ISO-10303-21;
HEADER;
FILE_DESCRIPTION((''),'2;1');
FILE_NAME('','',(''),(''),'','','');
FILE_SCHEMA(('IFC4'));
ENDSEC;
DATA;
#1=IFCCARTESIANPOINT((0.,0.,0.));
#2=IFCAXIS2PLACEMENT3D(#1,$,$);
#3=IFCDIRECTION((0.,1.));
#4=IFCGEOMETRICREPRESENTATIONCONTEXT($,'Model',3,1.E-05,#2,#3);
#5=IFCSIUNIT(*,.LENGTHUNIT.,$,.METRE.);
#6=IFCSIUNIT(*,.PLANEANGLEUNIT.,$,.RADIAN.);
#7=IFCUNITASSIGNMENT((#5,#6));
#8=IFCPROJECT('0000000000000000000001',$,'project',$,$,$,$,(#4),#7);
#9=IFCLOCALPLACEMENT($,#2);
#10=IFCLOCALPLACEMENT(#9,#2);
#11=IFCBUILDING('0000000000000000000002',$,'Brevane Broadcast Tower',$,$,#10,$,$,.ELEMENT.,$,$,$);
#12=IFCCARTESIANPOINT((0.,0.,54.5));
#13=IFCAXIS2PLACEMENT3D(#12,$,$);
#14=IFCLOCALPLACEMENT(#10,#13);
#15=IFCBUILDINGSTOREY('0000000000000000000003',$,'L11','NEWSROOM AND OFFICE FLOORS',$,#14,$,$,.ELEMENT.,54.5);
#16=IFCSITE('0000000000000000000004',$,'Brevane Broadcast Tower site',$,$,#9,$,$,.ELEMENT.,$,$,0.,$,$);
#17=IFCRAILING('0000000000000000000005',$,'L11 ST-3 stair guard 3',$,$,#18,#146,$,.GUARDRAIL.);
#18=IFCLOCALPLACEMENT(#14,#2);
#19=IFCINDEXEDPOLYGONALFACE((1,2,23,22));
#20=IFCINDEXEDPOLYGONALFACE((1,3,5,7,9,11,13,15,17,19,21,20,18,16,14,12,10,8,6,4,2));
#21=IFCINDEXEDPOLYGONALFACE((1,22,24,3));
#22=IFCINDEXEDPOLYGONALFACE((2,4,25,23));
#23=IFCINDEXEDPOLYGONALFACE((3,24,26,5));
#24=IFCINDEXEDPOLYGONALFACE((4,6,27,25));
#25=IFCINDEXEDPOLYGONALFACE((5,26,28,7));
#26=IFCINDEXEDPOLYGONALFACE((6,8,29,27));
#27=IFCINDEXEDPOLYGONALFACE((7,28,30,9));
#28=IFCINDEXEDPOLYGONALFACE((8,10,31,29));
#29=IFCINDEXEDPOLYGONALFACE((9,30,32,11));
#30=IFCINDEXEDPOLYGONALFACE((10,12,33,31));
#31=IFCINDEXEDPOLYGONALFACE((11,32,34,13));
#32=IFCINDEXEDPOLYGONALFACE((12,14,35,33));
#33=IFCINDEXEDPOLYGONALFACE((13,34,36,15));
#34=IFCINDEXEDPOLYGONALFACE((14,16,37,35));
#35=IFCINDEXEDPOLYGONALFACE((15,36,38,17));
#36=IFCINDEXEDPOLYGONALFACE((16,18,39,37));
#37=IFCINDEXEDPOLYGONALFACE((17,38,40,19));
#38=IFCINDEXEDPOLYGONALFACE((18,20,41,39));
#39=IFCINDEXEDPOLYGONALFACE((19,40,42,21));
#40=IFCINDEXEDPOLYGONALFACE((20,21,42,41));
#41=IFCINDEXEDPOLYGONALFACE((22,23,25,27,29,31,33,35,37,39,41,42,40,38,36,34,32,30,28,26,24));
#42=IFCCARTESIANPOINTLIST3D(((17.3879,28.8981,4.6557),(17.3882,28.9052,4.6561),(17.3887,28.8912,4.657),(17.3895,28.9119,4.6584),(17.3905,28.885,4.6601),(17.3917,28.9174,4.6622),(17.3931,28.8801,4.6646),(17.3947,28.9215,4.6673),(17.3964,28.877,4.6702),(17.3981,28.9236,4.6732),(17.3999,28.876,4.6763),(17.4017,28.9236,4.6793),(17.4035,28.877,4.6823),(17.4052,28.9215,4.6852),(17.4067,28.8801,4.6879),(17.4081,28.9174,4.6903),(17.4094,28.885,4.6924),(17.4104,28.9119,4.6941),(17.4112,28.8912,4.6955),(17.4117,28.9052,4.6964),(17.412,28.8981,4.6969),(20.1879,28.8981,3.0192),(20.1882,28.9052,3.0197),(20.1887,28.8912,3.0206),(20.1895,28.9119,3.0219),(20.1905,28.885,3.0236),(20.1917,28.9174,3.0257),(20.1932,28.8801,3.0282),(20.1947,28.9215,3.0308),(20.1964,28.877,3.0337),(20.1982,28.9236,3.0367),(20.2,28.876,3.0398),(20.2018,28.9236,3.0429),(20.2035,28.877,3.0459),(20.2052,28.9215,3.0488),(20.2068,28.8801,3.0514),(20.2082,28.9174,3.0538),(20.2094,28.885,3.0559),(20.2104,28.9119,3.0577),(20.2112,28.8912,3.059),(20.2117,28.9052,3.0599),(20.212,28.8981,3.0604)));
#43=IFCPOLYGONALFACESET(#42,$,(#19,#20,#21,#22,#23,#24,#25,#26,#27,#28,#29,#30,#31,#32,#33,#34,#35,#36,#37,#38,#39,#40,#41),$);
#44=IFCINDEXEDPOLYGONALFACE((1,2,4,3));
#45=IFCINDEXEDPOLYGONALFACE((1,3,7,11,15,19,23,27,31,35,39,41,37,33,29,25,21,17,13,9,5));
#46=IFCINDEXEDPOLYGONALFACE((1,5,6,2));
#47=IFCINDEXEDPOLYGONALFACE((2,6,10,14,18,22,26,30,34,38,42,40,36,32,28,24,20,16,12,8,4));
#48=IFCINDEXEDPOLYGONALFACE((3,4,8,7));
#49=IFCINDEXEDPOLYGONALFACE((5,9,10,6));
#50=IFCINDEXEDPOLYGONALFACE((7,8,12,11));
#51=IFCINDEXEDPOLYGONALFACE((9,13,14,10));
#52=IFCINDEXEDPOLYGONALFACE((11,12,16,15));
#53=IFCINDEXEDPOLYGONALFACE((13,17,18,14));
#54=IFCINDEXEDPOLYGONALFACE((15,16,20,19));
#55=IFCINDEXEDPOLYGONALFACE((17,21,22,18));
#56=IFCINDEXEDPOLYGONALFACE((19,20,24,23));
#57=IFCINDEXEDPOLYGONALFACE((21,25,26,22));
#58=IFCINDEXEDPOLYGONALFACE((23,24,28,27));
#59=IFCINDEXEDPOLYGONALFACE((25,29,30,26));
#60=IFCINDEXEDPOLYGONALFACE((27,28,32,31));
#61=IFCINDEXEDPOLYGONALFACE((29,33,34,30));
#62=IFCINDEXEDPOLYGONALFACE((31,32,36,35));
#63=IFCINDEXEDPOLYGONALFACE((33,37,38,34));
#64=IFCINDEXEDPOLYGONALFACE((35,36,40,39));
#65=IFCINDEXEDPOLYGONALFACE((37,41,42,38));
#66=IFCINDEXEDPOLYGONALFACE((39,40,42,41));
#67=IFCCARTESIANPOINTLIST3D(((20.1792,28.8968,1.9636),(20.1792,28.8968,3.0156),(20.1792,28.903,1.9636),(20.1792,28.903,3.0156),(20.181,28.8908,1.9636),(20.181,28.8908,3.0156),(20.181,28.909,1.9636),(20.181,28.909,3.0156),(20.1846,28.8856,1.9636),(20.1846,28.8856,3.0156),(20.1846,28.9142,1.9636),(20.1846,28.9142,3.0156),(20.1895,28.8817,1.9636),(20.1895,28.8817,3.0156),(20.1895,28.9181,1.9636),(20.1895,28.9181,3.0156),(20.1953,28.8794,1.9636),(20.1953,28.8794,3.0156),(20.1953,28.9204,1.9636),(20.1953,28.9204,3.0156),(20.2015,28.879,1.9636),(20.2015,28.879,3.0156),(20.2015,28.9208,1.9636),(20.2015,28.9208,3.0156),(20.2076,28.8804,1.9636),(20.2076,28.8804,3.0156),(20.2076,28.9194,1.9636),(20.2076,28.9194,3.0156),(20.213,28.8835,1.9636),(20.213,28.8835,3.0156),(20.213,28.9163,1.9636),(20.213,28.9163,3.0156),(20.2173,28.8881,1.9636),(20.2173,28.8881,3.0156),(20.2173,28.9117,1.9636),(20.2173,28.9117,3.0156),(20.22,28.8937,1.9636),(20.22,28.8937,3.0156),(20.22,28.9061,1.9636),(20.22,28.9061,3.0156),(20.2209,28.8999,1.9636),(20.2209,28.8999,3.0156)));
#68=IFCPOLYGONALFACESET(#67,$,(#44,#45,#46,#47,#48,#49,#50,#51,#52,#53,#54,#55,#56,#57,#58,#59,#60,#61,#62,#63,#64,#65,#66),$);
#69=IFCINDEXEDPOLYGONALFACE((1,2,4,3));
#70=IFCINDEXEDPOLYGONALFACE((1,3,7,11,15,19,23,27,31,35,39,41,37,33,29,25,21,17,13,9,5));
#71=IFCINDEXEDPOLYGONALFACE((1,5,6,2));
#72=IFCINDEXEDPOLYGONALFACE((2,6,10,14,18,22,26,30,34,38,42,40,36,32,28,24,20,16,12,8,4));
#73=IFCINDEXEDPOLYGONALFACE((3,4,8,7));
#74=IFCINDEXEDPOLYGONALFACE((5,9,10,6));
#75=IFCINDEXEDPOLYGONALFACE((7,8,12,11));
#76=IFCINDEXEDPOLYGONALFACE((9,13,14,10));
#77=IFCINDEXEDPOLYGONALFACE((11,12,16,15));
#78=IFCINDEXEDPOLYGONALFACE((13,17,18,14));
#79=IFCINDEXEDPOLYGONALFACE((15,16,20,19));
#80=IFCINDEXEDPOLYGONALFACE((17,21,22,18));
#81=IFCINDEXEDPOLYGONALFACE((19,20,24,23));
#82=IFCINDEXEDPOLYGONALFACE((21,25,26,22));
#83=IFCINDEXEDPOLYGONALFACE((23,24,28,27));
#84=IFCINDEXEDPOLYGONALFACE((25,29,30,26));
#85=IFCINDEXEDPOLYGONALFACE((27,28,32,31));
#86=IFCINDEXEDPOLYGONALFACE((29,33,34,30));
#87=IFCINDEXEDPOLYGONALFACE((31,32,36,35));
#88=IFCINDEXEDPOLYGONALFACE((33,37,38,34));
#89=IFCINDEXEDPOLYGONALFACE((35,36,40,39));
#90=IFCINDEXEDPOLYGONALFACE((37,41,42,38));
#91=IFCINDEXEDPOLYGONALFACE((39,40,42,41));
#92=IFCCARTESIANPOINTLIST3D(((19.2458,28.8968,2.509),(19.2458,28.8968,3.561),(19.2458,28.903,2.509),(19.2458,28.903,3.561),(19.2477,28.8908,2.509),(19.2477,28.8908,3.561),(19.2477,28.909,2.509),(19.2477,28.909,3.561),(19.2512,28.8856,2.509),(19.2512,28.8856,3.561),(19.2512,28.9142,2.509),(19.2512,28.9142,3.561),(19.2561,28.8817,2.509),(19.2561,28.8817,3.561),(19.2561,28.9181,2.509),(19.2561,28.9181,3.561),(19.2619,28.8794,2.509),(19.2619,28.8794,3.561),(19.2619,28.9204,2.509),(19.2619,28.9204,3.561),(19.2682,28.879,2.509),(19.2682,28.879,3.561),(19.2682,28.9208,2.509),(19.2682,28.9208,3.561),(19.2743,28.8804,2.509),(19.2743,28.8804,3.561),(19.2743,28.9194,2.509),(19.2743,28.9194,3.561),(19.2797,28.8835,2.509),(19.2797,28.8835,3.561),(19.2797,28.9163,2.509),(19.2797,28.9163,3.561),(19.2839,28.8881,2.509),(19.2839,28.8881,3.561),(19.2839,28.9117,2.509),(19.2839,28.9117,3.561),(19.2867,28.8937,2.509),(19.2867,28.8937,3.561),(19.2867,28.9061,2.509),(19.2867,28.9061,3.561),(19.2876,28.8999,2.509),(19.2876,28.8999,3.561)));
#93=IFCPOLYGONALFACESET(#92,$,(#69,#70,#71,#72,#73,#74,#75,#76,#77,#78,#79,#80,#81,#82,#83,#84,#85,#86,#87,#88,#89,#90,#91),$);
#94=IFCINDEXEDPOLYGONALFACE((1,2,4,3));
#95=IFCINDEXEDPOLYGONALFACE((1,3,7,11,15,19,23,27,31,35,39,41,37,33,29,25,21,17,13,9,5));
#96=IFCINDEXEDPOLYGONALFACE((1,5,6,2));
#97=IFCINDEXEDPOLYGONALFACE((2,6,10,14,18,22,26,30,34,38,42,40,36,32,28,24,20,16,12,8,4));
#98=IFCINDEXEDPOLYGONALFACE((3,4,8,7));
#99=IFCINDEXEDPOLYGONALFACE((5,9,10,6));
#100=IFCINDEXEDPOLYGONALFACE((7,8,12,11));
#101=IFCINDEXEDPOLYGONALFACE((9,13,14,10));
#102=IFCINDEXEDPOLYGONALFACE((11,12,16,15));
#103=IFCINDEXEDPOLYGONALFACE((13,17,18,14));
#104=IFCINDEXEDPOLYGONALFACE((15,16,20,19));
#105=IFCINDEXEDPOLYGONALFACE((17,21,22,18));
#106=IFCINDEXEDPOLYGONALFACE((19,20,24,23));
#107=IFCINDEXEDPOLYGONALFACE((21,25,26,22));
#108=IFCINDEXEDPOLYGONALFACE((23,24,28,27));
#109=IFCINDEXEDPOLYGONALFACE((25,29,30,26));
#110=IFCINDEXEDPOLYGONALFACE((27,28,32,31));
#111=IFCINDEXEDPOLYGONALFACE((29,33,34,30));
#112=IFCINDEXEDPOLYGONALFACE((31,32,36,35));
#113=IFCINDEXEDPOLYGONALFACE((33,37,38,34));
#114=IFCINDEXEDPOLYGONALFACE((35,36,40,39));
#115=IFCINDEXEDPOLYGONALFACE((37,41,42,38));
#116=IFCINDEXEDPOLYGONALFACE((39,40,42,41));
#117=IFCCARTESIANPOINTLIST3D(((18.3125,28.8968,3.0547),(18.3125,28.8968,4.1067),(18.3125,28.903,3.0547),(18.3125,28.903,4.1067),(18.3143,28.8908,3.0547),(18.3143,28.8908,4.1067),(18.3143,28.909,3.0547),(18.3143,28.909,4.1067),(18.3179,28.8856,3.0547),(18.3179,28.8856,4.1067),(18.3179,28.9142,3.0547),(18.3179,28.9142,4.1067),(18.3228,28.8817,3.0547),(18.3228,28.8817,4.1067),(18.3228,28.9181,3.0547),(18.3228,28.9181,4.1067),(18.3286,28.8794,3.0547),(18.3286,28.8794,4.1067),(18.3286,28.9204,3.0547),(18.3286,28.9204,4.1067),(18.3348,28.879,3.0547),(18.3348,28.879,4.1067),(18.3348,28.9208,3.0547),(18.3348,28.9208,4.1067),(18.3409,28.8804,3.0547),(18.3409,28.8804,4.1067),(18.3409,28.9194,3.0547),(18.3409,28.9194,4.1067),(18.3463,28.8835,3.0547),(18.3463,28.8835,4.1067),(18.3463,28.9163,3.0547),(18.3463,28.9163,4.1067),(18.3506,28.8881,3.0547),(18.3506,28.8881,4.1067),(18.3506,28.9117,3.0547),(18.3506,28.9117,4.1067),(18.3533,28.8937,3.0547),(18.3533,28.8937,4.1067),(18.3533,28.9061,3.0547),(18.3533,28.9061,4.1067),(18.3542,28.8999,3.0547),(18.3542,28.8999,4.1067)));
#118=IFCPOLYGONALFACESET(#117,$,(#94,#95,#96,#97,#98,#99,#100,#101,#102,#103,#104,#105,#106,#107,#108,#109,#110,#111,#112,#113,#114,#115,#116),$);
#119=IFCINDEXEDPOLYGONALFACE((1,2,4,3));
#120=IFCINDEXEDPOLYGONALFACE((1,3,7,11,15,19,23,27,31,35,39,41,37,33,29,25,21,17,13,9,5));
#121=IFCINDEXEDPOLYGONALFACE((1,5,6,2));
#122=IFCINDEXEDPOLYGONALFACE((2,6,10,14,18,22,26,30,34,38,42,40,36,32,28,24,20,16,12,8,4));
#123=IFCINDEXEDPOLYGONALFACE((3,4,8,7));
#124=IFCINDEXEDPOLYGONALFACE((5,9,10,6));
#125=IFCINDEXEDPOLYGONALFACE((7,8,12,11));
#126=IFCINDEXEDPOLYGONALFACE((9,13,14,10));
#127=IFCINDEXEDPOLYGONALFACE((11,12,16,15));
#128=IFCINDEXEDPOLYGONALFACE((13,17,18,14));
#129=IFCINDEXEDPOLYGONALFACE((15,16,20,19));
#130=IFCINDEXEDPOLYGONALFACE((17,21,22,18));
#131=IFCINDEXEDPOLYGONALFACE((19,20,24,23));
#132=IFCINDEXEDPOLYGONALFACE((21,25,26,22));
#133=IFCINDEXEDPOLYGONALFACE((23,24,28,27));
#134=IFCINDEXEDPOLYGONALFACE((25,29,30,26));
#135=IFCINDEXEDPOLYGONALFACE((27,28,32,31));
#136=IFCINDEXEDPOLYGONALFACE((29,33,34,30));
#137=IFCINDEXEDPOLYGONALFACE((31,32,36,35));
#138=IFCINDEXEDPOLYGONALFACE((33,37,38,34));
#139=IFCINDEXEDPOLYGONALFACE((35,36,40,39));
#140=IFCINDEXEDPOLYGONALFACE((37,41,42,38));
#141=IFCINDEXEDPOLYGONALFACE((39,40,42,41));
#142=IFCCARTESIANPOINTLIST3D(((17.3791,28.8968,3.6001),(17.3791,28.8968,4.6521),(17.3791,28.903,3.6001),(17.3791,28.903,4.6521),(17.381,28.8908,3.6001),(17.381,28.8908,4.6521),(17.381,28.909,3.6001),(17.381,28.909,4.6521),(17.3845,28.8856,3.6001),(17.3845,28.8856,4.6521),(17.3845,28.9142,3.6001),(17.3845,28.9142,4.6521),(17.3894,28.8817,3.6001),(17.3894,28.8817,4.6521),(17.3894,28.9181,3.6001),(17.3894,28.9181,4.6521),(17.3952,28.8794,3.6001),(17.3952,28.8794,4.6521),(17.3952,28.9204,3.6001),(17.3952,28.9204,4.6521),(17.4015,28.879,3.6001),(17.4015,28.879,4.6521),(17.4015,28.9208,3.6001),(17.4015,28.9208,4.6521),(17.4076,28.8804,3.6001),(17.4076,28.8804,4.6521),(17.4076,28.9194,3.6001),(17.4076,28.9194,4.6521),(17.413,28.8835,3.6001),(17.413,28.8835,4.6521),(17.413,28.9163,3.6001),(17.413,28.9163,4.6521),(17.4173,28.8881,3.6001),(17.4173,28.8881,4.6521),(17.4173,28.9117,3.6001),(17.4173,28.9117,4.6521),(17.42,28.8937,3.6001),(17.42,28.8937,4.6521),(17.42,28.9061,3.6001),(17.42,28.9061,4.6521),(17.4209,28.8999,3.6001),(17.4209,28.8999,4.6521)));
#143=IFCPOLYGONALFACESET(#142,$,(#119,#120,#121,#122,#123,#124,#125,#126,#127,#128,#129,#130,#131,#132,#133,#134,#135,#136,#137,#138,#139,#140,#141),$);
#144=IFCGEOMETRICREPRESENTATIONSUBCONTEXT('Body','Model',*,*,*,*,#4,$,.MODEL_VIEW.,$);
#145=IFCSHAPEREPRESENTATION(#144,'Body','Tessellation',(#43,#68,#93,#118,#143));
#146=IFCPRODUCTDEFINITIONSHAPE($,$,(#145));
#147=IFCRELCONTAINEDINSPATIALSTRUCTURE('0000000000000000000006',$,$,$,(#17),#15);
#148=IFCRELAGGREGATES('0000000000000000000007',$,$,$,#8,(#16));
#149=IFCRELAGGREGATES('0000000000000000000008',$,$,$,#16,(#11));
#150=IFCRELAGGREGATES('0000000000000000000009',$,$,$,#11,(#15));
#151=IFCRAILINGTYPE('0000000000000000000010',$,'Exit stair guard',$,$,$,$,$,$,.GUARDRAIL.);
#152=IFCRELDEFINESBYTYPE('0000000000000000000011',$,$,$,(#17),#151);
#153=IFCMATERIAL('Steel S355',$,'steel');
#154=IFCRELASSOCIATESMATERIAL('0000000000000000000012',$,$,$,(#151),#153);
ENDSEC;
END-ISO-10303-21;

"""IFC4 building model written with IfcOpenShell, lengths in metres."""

from ifc_helpers import new_model, si_unit, direction, frame, origin, origin_2d, place, context, subcontext, project, spatial, circle, extrude, material, type_object, element, save


model = new_model("IFC4")

# Units and contexts
model_context = context("Model", 3, precision=1e-05, world=origin(), true_north=direction((0.0, 1.0)))
body_context = subcontext(model_context, "Body", "Model", "MODEL_VIEW")
ifc_project = project(units=[si_unit("LENGTHUNIT", "METRE"), si_unit("PLANEANGLEUNIT", "RADIAN")], contexts=[model_context])

# Site, building, storey
site_placement = place(None, origin())
site = spatial("IfcSite", under=ifc_project, at=site_placement, Name="Brevane Broadcast Tower site", CompositionType="ELEMENT", RefElevation=0.0)
building_placement = place(site_placement, origin())
building = spatial("IfcBuilding", under=site, at=building_placement, Name="Brevane Broadcast Tower", CompositionType="ELEMENT")
storey_placement = place(building_placement, frame((0.0, 0.0, 54.5)))
storey = spatial("IfcBuildingStorey", under=building, at=storey_placement, Name="L11", Description="NEWSROOM AND OFFICE FLOORS", CompositionType="ELEMENT", Elevation=54.5)

# Railing
ifc_material_1 = material(Name="Steel S355", Category="steel")
railing_type_1 = type_object("IfcRailingType", Name="Exit stair guard", PredefinedType="GUARDRAIL", material=ifc_material_1)
railing_1_placement = place(storey_placement, frame((20.2, 28.8999, 1.9636)))
element("IfcRailing", 1, at=railing_1_placement, inside=storey, type_object=railing_type_1, Name="L11 ST-3 stair guard 3", PredefinedType="GUARDRAIL", context=body_context, shape_type="SweptSolid", body=[
    extrude(circle(Radius=0.0239, at=origin_2d()), frame((0.0, 0.0, 1.0762), z_axis=(-0.863361, 0.0, 0.504587), x_axis=(0.0, -1.0, 0.0)), (0.0, 0.0, 1.0), 3.2432),
    extrude(circle(Radius=0.021, at=origin_2d()), origin(), (0.0, 0.0, 1.0), 1.052),
    extrude(circle(Radius=0.021, at=origin_2d()), frame((-0.9333, 0.0, 0.5454)), (0.0, 0.0, 1.0), 1.052),
    extrude(circle(Radius=0.021, at=origin_2d()), frame((-1.8667, 0.0, 1.0911)), (0.0, 0.0, 1.0), 1.052),
    extrude(circle(Radius=0.021, at=origin_2d()), frame((-2.8, 0.0, 1.6365)), (0.0, 0.0, 1.0), 1.052),
])

save(model, "model.ifc")
